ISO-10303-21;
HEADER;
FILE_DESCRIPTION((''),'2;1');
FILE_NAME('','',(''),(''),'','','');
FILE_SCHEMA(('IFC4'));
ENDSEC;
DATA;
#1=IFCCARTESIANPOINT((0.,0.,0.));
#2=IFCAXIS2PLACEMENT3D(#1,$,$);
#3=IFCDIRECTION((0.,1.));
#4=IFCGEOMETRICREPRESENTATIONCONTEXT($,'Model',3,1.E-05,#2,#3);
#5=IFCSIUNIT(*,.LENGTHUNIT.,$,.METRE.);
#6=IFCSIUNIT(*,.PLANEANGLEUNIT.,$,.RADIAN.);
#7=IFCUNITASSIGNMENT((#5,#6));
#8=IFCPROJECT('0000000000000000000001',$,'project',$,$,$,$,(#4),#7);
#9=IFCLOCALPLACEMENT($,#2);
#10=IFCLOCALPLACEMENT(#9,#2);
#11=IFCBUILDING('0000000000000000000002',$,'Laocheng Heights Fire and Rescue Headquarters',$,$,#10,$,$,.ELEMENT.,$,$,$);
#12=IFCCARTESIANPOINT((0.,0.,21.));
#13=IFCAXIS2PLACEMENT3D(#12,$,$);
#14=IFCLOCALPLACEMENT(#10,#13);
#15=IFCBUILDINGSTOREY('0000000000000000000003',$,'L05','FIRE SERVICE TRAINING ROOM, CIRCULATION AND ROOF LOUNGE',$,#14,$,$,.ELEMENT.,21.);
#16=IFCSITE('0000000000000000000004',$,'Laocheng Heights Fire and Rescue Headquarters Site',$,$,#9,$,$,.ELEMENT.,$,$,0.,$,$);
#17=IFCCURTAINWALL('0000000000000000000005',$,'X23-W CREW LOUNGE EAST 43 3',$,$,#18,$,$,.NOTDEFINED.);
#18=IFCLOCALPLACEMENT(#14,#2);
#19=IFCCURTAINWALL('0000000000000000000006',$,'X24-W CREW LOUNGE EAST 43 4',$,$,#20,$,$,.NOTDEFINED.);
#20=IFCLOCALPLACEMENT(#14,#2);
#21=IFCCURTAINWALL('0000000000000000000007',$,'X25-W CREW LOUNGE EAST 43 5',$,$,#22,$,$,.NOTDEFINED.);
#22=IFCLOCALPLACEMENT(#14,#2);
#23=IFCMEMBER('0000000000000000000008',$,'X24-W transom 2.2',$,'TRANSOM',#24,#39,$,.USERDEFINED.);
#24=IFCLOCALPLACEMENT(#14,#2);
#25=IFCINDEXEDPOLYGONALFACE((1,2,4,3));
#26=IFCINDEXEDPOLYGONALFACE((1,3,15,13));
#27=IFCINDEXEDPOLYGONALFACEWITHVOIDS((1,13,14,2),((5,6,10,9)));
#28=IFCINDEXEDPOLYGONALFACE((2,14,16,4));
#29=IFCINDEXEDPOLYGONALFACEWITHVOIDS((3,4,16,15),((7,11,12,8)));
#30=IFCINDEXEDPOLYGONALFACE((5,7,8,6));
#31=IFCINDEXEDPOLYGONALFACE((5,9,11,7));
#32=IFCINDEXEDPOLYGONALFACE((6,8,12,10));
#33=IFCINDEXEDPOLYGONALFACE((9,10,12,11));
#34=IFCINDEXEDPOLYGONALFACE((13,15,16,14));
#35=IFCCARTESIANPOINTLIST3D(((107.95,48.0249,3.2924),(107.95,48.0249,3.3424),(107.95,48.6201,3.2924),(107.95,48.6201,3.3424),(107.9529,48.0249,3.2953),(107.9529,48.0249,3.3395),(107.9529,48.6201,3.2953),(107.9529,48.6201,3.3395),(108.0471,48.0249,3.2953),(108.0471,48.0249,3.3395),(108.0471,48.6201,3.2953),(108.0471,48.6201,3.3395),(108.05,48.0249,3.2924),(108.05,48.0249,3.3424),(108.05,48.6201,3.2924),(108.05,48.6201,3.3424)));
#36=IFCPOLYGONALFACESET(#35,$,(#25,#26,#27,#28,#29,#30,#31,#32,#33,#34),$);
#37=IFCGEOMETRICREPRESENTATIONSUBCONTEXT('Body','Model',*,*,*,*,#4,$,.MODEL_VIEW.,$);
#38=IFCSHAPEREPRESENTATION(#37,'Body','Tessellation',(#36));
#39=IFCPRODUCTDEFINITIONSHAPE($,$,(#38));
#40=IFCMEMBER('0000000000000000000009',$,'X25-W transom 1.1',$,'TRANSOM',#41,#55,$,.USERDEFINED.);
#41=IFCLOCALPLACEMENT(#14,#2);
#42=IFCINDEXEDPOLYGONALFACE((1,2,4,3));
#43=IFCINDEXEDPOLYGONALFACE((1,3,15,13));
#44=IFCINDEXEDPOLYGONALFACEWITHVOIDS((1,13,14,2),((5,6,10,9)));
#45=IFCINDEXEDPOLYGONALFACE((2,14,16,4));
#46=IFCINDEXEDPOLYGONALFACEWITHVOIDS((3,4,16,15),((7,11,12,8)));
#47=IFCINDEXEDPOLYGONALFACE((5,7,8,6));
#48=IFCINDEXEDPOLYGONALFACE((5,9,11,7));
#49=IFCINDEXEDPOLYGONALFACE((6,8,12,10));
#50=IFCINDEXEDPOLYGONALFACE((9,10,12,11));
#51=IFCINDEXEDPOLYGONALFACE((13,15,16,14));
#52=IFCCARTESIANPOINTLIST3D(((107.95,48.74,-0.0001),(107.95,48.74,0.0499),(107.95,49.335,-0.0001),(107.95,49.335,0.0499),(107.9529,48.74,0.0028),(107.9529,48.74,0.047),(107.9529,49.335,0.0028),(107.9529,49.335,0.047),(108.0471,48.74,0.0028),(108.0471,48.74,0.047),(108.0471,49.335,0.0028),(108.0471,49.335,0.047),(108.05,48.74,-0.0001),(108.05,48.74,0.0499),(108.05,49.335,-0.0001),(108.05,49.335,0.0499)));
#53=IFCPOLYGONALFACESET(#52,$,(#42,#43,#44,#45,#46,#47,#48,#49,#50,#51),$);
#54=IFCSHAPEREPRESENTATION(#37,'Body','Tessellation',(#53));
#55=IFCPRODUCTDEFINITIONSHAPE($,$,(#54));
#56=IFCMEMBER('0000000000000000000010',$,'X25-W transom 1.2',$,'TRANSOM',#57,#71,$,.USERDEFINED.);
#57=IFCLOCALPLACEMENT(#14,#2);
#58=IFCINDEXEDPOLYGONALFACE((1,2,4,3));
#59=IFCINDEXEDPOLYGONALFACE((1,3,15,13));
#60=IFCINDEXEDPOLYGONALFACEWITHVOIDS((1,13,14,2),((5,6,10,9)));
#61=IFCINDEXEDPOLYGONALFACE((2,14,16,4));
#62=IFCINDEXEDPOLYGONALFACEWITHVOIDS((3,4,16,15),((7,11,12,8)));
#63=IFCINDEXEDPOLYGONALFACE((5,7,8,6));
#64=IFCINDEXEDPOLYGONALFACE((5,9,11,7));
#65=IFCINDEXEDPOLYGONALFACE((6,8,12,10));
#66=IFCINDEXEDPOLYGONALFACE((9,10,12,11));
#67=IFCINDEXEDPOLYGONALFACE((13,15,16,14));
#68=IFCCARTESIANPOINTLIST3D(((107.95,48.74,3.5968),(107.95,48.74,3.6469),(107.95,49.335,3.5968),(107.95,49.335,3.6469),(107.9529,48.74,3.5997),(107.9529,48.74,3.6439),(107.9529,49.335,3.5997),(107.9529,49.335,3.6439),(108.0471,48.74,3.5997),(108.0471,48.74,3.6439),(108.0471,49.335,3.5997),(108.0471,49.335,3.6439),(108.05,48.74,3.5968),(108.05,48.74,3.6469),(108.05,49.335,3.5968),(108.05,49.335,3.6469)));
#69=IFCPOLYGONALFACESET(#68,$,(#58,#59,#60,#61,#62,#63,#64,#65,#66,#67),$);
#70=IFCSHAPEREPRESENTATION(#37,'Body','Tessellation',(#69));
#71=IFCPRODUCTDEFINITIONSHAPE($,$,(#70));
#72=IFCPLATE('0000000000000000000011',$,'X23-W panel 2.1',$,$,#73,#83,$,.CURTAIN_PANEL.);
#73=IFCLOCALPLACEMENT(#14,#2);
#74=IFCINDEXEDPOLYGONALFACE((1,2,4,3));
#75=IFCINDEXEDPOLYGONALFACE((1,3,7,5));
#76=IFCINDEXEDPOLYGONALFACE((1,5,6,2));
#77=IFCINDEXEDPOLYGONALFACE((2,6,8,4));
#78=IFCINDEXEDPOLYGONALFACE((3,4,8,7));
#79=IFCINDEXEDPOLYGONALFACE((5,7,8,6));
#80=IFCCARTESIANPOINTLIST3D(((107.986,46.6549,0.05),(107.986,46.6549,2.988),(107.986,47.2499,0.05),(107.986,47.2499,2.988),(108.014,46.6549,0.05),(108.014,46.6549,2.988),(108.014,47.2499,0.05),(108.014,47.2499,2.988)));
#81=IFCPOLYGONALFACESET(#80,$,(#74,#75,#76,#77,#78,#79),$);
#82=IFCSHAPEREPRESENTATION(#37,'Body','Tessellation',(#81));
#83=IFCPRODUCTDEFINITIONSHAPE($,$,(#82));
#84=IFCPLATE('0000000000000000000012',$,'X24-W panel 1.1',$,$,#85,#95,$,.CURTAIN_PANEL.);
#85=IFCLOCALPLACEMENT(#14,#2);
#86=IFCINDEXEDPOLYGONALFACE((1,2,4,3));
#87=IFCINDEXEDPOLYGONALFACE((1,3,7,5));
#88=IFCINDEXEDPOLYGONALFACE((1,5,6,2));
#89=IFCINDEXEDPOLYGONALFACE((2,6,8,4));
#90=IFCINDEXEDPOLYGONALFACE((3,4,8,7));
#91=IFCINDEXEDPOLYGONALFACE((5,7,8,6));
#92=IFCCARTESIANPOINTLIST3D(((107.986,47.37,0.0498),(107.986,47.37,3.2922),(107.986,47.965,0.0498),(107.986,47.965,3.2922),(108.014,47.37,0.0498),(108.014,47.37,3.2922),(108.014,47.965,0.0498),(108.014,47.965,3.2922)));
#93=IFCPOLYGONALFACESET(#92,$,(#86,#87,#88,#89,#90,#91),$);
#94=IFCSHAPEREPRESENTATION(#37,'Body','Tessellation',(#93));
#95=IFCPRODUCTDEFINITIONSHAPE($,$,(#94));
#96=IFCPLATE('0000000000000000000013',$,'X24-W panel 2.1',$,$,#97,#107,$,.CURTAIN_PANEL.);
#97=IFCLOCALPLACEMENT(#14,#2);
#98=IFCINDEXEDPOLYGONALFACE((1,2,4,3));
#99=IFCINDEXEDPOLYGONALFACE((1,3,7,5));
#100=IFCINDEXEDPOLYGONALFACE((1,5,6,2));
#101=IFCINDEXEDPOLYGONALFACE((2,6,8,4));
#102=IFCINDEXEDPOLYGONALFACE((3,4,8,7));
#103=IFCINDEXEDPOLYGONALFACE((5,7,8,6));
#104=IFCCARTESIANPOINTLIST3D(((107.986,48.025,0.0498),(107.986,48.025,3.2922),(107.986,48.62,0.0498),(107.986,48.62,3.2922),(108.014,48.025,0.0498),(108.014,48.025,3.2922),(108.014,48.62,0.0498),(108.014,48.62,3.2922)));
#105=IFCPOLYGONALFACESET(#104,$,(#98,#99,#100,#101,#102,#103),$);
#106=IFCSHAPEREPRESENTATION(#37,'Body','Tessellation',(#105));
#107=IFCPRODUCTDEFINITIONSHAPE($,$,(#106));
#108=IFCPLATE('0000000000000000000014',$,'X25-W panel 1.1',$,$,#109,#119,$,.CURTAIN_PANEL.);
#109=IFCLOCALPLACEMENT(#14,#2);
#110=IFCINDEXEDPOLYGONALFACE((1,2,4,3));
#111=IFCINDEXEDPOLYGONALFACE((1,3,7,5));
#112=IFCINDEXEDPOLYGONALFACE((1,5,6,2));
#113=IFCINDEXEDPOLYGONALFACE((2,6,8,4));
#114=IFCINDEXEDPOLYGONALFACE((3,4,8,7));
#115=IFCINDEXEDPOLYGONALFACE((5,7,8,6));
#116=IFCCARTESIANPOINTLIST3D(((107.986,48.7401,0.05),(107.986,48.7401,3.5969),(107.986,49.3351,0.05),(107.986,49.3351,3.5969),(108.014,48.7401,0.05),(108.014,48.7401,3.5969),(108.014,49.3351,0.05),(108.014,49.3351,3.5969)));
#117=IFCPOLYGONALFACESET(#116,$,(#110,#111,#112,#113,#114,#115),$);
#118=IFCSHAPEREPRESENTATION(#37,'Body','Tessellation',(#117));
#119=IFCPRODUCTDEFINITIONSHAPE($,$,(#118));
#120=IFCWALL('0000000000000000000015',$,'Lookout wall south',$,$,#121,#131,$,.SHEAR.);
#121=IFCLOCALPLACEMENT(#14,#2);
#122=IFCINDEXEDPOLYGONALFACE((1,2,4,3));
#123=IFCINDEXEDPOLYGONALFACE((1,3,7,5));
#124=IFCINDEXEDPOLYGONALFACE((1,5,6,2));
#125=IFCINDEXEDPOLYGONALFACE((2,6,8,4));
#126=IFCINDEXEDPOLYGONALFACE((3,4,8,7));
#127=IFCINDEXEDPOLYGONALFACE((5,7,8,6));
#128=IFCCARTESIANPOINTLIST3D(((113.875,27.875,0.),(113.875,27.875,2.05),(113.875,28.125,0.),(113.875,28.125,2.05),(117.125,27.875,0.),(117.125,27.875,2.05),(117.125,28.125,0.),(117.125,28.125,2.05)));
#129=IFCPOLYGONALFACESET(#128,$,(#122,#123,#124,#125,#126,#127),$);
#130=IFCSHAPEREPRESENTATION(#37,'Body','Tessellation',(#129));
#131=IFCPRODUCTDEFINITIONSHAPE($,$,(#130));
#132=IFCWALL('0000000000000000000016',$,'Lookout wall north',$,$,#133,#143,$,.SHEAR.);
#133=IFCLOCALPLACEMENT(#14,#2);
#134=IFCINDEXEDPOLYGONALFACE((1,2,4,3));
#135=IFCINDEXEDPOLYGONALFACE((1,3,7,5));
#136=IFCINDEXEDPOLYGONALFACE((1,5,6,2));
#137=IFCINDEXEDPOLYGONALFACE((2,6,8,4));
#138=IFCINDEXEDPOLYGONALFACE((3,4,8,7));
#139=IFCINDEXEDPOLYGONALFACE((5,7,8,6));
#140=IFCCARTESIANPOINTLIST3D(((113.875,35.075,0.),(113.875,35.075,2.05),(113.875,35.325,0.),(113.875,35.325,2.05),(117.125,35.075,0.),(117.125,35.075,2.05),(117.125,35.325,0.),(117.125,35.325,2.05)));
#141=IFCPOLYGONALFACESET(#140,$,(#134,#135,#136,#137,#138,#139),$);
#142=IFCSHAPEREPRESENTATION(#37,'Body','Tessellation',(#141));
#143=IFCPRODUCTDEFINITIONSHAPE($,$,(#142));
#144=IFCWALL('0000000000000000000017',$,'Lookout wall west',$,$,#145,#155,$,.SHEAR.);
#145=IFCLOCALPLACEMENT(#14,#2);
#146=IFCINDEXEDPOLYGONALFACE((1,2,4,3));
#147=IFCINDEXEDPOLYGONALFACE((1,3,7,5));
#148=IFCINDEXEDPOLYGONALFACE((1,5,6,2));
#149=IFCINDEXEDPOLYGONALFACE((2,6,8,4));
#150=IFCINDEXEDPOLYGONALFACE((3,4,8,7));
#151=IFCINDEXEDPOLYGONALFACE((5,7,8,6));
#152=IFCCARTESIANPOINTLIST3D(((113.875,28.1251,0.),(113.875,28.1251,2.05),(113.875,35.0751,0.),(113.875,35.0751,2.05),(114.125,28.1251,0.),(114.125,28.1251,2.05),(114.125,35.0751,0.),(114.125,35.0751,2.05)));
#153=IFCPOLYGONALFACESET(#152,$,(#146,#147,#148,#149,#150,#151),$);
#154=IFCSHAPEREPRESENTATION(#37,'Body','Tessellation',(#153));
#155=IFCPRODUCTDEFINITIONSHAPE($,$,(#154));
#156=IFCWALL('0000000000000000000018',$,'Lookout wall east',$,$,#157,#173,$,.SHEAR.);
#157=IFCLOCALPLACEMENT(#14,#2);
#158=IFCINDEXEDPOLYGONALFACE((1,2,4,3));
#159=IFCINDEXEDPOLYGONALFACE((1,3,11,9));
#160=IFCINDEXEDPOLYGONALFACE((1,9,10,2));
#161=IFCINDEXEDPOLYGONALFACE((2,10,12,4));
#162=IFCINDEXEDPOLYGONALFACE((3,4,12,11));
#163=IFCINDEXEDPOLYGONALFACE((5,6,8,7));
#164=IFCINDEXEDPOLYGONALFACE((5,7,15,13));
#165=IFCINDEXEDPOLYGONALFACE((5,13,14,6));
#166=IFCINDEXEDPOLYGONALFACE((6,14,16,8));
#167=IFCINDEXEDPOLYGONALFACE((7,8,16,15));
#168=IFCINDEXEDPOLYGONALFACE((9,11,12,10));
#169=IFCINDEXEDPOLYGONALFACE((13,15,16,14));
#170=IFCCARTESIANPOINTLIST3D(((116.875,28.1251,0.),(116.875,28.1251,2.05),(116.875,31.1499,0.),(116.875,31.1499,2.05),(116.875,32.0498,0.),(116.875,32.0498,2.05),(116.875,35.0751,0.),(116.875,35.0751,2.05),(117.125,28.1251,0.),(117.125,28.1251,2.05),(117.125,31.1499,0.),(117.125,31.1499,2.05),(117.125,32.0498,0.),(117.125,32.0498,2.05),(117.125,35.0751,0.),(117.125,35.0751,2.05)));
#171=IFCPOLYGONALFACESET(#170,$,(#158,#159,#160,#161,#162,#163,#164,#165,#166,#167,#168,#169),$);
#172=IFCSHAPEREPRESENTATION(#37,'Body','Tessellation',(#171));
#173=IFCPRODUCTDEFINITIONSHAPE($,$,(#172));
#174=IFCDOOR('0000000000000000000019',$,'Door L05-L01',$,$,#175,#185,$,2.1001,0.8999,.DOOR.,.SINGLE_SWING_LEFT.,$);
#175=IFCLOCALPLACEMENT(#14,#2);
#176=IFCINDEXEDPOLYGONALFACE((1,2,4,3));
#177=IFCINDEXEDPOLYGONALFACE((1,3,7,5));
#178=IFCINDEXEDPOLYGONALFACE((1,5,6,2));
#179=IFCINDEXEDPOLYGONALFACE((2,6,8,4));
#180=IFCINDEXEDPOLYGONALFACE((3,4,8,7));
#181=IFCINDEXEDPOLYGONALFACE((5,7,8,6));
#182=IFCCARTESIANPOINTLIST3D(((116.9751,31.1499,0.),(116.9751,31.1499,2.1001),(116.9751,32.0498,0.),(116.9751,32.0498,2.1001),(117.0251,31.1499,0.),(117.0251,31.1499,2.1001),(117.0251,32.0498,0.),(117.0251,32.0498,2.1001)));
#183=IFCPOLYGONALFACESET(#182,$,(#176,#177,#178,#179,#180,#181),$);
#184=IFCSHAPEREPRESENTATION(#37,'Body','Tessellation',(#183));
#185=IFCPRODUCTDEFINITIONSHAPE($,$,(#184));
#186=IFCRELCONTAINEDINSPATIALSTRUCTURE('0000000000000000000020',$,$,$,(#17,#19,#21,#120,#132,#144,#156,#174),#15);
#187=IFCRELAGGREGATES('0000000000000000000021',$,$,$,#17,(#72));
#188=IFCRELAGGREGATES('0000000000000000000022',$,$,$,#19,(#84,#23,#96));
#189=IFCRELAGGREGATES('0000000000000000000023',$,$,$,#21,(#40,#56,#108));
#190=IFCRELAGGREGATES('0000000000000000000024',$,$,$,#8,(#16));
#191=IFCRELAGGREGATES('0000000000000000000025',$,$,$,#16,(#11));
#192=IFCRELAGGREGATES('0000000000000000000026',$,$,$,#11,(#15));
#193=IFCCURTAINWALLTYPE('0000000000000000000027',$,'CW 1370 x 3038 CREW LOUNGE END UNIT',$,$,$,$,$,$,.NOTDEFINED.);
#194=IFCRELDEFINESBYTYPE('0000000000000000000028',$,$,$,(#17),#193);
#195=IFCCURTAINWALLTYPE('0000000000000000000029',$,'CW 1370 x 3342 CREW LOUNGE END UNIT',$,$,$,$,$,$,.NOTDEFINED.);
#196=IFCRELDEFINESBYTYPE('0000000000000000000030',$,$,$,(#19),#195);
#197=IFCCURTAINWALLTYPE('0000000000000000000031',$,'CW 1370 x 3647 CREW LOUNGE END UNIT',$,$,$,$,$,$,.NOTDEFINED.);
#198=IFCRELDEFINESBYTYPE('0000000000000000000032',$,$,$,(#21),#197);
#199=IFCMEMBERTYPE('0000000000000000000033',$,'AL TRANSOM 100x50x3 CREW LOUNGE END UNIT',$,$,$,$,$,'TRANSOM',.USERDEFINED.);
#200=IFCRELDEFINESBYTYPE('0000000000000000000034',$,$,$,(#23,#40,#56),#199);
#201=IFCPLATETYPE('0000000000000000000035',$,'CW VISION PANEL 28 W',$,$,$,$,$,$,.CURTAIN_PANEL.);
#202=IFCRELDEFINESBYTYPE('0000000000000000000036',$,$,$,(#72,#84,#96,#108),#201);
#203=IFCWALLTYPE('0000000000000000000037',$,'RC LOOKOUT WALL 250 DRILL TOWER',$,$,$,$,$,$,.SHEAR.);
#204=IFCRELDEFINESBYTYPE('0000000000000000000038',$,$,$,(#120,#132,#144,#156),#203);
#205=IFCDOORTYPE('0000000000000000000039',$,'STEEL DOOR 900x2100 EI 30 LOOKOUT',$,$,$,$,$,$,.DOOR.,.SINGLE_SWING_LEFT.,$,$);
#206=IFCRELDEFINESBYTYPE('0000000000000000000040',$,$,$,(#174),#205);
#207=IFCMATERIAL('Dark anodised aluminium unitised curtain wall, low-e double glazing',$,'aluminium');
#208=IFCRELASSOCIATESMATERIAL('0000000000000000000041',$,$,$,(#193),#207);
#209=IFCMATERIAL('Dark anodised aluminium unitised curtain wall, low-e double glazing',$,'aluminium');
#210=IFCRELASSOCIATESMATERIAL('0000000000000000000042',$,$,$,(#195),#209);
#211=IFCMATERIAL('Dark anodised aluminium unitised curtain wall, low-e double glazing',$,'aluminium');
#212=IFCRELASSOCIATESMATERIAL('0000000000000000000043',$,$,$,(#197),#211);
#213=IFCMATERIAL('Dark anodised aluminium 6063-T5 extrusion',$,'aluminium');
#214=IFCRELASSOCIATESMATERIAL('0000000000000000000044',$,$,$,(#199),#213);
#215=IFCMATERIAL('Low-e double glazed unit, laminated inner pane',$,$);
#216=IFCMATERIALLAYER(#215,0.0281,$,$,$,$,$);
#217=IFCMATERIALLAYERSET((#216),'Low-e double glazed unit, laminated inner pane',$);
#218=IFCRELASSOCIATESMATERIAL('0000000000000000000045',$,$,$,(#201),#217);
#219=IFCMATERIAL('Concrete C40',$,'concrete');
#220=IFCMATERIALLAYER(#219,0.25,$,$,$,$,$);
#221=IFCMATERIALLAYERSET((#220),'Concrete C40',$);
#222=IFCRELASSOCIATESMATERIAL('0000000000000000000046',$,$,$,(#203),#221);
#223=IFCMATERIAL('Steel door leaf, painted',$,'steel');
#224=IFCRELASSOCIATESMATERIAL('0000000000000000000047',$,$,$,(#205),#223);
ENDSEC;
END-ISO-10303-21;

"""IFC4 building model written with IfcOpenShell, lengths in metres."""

from ifc_helpers import new_model, si_unit, direction, frame, frame_2d, origin, origin_2d, place, context, subcontext, project, spatial, rectangle, hollow_rectangle, extrude, material, layer, layer_set, material_profile, profile_set, type_object, element, fill, aggregate, save


model = new_model("IFC4")

# Units and contexts
model_context = context("Model", 3, precision=1e-05, world=origin(), true_north=direction((0.0, 1.0)))
body_context = subcontext(model_context, "Body", "Model", "MODEL_VIEW")
ifc_project = project(units=[si_unit("LENGTHUNIT", "METRE"), si_unit("PLANEANGLEUNIT", "RADIAN")], contexts=[model_context])

# Site, building, storey
site_placement = place(None, origin())
site = spatial("IfcSite", under=ifc_project, at=site_placement, Name="Laocheng Heights Fire and Rescue Headquarters Site", CompositionType="ELEMENT", RefElevation=0.0)
building_placement = place(site_placement, origin())
building = spatial("IfcBuilding", under=site, at=building_placement, Name="Laocheng Heights Fire and Rescue Headquarters", CompositionType="ELEMENT")
storey_placement = place(building_placement, frame((0.0, 0.0, 21.0)))
storey = spatial("IfcBuildingStorey", under=building, at=storey_placement, Name="L05", Description="FIRE SERVICE TRAINING ROOM, CIRCULATION AND ROOF LOUNGE", CompositionType="ELEMENT", Elevation=21.0)

# Curtain wall
ifc_material_1 = material(Name="Dark anodised aluminium unitised curtain wall, low-e double glazing", Category="aluminium")
curtain_wall_type_1 = type_object("IfcCurtainWallType", Name="CW 1370 x 3038 CREW LOUNGE END UNIT", PredefinedType="NOTDEFINED", material=ifc_material_1)
curtain_wall_1_placement = place(storey_placement, origin())
curtain_wall_1 = element("IfcCurtainWall", 1, at=curtain_wall_1_placement, inside=storey, type_object=curtain_wall_type_1, Name="X23-W CREW LOUNGE EAST 43 3", PredefinedType="NOTDEFINED")

# Curtain walls
ifc_material_2 = material(Name="Dark anodised aluminium unitised curtain wall, low-e double glazing", Category="aluminium")
curtain_wall_type_2 = type_object("IfcCurtainWallType", Name="CW 1370 x 3342 CREW LOUNGE END UNIT", PredefinedType="NOTDEFINED", material=ifc_material_2)
curtain_wall_2_placement = place(storey_placement, origin())
curtain_wall_2 = element("IfcCurtainWall", 2, at=curtain_wall_2_placement, inside=storey, type_object=curtain_wall_type_2, Name="X24-W CREW LOUNGE EAST 43 4", PredefinedType="NOTDEFINED")
ifc_material_3 = material(Name="Dark anodised aluminium unitised curtain wall, low-e double glazing", Category="aluminium")
curtain_wall_type_3 = type_object("IfcCurtainWallType", Name="CW 1370 x 3647 CREW LOUNGE END UNIT", PredefinedType="NOTDEFINED", material=ifc_material_3)
curtain_wall_3_placement = place(storey_placement, origin())
curtain_wall_3 = element("IfcCurtainWall", 3, at=curtain_wall_3_placement, inside=storey, type_object=curtain_wall_type_3, Name="X25-W CREW LOUNGE EAST 43 5", PredefinedType="NOTDEFINED")

# Members
ifc_material_4 = material(Name="Dark anodised aluminium 6063-T5 extrusion", Category="aluminium")
ifc_material_profile_1 = material_profile(ifc_material_4, hollow_rectangle(XDim=0.1001, YDim=0.05, WallThickness=0.0029, at=origin_2d()), Name="AL TRANSOM 100x50x3 CREW LOUNGE END UNIT")
ifc_profile_set_1 = profile_set([ifc_material_profile_1], Name="Dark anodised aluminium 6063-T5 extrusion")
member_type_1 = type_object("IfcMemberType", Name="AL TRANSOM 100x50x3 CREW LOUNGE END UNIT", ElementType="TRANSOM", PredefinedType="USERDEFINED", material=ifc_profile_set_1)
member_1_placement = place(storey_placement, frame((108.0, 48.0249, 3.3174), z_axis=(0.0, 1.0, 0.0), x_axis=(-1.0, 0.0, 0.0)))
member_1 = element("IfcMember", 4, at=member_1_placement, type_object=member_type_1, Name="X24-W transom 2.2", ObjectType="TRANSOM", PredefinedType="USERDEFINED", context=body_context, shape_type="SweptSolid", body=[
    extrude(hollow_rectangle(XDim=0.1001, YDim=0.05, WallThickness=0.0029, at=origin_2d()), origin(), (0.0, 0.0, 1.0), 0.5952),
])
member_2_placement = place(storey_placement, frame((108.0, 48.74, 0.0249), z_axis=(0.0, 1.0, 0.0), x_axis=(-1.0, 0.0, 0.0)))
member_2 = element("IfcMember", 5, at=member_2_placement, type_object=member_type_1, Name="X25-W transom 1.1", ObjectType="TRANSOM", PredefinedType="USERDEFINED", context=body_context, shape_type="SweptSolid", body=[
    extrude(hollow_rectangle(XDim=0.1001, YDim=0.05, WallThickness=0.0029, at=origin_2d()), origin(), (0.0, 0.0, 1.0), 0.595),
])
member_3_placement = place(storey_placement, frame((108.0, 48.74, 3.6218), z_axis=(0.0, 1.0, 0.0), x_axis=(-1.0, 0.0, 0.0)))
member_3 = element("IfcMember", 6, at=member_3_placement, type_object=member_type_1, Name="X25-W transom 1.2", ObjectType="TRANSOM", PredefinedType="USERDEFINED", context=body_context, shape_type="SweptSolid", body=[
    extrude(hollow_rectangle(XDim=0.1001, YDim=0.05, WallThickness=0.0029, at=origin_2d()), origin(), (0.0, 0.0, 1.0), 0.595),
])

# Plates
ifc_material_5 = material(Name="Low-e double glazed unit, laminated inner pane")
ifc_layer_1 = layer(ifc_material_5, 0.0281)
ifc_layer_set_1 = layer_set([ifc_layer_1], Name="Low-e double glazed unit, laminated inner pane")
plate_type = type_object("IfcPlateType", Name="CW VISION PANEL 28 W", PredefinedType="CURTAIN_PANEL", material=ifc_layer_set_1)
plate_1_placement = place(storey_placement, frame((108.0, 46.9524, 0.05), z_axis=(0.0, 0.0, 1.0), x_axis=(0.0, 1.0, 0.0)))
plate_1 = element("IfcPlate", 7, at=plate_1_placement, type_object=plate_type, Name="X23-W panel 2.1", PredefinedType="CURTAIN_PANEL", context=body_context, shape_type="SweptSolid", body=[
    extrude(rectangle(XDim=0.595, YDim=0.0281, at=origin_2d()), origin(), (0.0, 0.0, 1.0), 2.938),
])
aggregate(curtain_wall_1, [plate_1])
plate_2_placement = place(storey_placement, frame((108.0, 47.6675, 0.0498), z_axis=(0.0, 0.0, 1.0), x_axis=(0.0, 1.0, 0.0)))
plate_2 = element("IfcPlate", 8, at=plate_2_placement, type_object=plate_type, Name="X24-W panel 1.1", PredefinedType="CURTAIN_PANEL", context=body_context, shape_type="SweptSolid", body=[
    extrude(rectangle(XDim=0.595, YDim=0.0281, at=origin_2d()), origin(), (0.0, 0.0, 1.0), 3.2424),
])
plate_3_placement = place(storey_placement, frame((108.0, 48.3225, 0.0498), z_axis=(0.0, 0.0, 1.0), x_axis=(0.0, 1.0, 0.0)))
plate_3 = element("IfcPlate", 9, at=plate_3_placement, type_object=plate_type, Name="X24-W panel 2.1", PredefinedType="CURTAIN_PANEL", context=body_context, shape_type="SweptSolid", body=[
    extrude(rectangle(XDim=0.595, YDim=0.0281, at=origin_2d()), origin(), (0.0, 0.0, 1.0), 3.2424),
])
aggregate(curtain_wall_2, [plate_2, member_1, plate_3])
plate_4_placement = place(storey_placement, frame((108.0, 49.0376, 0.05), z_axis=(0.0, 0.0, 1.0), x_axis=(0.0, 1.0, 0.0)))
plate_4 = element("IfcPlate", 10, at=plate_4_placement, type_object=plate_type, Name="X25-W panel 1.1", PredefinedType="CURTAIN_PANEL", context=body_context, shape_type="SweptSolid", body=[
    extrude(rectangle(XDim=0.595, YDim=0.0281, at=origin_2d()), origin(), (0.0, 0.0, 1.0), 3.5469),
])
aggregate(curtain_wall_3, [member_2, member_3, plate_4])

# Walls
ifc_material_6 = material(Name="Concrete C40", Category="concrete")
ifc_layer_2 = layer(ifc_material_6, 0.25)
ifc_layer_set_2 = layer_set([ifc_layer_2], Name="Concrete C40")
wall_type_1 = type_object("IfcWallType", Name="RC LOOKOUT WALL 250 DRILL TOWER", PredefinedType="SHEAR", material=ifc_layer_set_2)
for number, where, z_axis, x_axis, name in (
    (11, (113.875, 28.0, 0.0), (0.0, 0.0, 1.0), (1.0, 0.0, 0.0), "Lookout wall south"),
    (12, (113.875, 35.2, 0.0), (0.0, 0.0, 1.0), (1.0, 0.0, 0.0), "Lookout wall north"),
):
    element("IfcWall", number, at=place(storey_placement, frame(where, z_axis=z_axis, x_axis=x_axis)), inside=storey, type_object=wall_type_1, Name=name, PredefinedType="SHEAR", context=body_context, shape_type="SweptSolid", body=[
        extrude(rectangle(XDim=3.25, YDim=0.25, at=frame_2d((1.625, 0.0))), origin(), (0.0, 0.0, 1.0), 2.05),
    ])
wall_1_placement = place(storey_placement, frame((114.0, 28.125, 0.0), z_axis=(0.0, 0.0, 1.0), x_axis=(0.0, 1.0, 0.0)))
element("IfcWall", 13, at=wall_1_placement, inside=storey, type_object=wall_type_1, Name="Lookout wall west", PredefinedType="SHEAR", context=body_context, shape_type="SweptSolid", body=[
    extrude(rectangle(XDim=6.95, YDim=0.25, at=frame_2d((3.4751, 0.0))), origin(), (0.0, 0.0, 1.0), 2.05),
])

# Wall, opening, door
wall_2_placement = place(storey_placement, frame((117.0, 28.125, 0.0), z_axis=(0.0, 0.0, 1.0), x_axis=(0.0, 1.0, 0.0)))
wall_2 = element("IfcWall", 14, at=wall_2_placement, inside=storey, type_object=wall_type_1, Name="Lookout wall east", PredefinedType="SHEAR", context=body_context, shape_type="SweptSolid", body=[
    extrude(rectangle(XDim=6.95, YDim=0.25, at=frame_2d((3.4751, 0.0))), origin(), (0.0, 0.0, 1.0), 2.05),
])
opening_placement = place(wall_2_placement, frame((3.0249, 0.0, 0.0)))
opening = element("IfcOpeningElement", 15, at=opening_placement, cuts=wall_2, PredefinedType="OPENING", context=body_context, shape_type="SweptSolid", body=[
    extrude(rectangle(XDim=0.8999, YDim=2.1001, at=frame_2d((0.45, 1.05))), frame((0.0, 0.135, 0.0), z_axis=(0.0, -1.0, 0.0), x_axis=(1.0, 0.0, 0.0)), (0.0, 0.0, 1.0), 0.27),
])
ifc_material_7 = material(Name="Steel door leaf, painted", Category="steel")
door_type = type_object("IfcDoorType", Name="STEEL DOOR 900x2100 EI 30 LOOKOUT", OperationType="SINGLE_SWING_LEFT", PredefinedType="DOOR", material=ifc_material_7)
door_placement = place(opening_placement, origin())
door = element("IfcDoor", 16, at=door_placement, inside=storey, type_object=door_type, Name="Door L05-L01", OperationType="SINGLE_SWING_LEFT", OverallHeight=2.1001, OverallWidth=0.8999, PredefinedType="DOOR", context=body_context, shape_type="SweptSolid", body=[
    extrude(rectangle(XDim=0.8999, YDim=2.1001, at=frame_2d((0.45, 1.05))), frame((0.0, 0.0249, 0.0), z_axis=(0.0, -1.0, 0.0), x_axis=(1.0, 0.0, 0.0)), (0.0, 0.0, 1.0), 0.05),
])
fill(opening, door)

save(model, "model.ifc")
